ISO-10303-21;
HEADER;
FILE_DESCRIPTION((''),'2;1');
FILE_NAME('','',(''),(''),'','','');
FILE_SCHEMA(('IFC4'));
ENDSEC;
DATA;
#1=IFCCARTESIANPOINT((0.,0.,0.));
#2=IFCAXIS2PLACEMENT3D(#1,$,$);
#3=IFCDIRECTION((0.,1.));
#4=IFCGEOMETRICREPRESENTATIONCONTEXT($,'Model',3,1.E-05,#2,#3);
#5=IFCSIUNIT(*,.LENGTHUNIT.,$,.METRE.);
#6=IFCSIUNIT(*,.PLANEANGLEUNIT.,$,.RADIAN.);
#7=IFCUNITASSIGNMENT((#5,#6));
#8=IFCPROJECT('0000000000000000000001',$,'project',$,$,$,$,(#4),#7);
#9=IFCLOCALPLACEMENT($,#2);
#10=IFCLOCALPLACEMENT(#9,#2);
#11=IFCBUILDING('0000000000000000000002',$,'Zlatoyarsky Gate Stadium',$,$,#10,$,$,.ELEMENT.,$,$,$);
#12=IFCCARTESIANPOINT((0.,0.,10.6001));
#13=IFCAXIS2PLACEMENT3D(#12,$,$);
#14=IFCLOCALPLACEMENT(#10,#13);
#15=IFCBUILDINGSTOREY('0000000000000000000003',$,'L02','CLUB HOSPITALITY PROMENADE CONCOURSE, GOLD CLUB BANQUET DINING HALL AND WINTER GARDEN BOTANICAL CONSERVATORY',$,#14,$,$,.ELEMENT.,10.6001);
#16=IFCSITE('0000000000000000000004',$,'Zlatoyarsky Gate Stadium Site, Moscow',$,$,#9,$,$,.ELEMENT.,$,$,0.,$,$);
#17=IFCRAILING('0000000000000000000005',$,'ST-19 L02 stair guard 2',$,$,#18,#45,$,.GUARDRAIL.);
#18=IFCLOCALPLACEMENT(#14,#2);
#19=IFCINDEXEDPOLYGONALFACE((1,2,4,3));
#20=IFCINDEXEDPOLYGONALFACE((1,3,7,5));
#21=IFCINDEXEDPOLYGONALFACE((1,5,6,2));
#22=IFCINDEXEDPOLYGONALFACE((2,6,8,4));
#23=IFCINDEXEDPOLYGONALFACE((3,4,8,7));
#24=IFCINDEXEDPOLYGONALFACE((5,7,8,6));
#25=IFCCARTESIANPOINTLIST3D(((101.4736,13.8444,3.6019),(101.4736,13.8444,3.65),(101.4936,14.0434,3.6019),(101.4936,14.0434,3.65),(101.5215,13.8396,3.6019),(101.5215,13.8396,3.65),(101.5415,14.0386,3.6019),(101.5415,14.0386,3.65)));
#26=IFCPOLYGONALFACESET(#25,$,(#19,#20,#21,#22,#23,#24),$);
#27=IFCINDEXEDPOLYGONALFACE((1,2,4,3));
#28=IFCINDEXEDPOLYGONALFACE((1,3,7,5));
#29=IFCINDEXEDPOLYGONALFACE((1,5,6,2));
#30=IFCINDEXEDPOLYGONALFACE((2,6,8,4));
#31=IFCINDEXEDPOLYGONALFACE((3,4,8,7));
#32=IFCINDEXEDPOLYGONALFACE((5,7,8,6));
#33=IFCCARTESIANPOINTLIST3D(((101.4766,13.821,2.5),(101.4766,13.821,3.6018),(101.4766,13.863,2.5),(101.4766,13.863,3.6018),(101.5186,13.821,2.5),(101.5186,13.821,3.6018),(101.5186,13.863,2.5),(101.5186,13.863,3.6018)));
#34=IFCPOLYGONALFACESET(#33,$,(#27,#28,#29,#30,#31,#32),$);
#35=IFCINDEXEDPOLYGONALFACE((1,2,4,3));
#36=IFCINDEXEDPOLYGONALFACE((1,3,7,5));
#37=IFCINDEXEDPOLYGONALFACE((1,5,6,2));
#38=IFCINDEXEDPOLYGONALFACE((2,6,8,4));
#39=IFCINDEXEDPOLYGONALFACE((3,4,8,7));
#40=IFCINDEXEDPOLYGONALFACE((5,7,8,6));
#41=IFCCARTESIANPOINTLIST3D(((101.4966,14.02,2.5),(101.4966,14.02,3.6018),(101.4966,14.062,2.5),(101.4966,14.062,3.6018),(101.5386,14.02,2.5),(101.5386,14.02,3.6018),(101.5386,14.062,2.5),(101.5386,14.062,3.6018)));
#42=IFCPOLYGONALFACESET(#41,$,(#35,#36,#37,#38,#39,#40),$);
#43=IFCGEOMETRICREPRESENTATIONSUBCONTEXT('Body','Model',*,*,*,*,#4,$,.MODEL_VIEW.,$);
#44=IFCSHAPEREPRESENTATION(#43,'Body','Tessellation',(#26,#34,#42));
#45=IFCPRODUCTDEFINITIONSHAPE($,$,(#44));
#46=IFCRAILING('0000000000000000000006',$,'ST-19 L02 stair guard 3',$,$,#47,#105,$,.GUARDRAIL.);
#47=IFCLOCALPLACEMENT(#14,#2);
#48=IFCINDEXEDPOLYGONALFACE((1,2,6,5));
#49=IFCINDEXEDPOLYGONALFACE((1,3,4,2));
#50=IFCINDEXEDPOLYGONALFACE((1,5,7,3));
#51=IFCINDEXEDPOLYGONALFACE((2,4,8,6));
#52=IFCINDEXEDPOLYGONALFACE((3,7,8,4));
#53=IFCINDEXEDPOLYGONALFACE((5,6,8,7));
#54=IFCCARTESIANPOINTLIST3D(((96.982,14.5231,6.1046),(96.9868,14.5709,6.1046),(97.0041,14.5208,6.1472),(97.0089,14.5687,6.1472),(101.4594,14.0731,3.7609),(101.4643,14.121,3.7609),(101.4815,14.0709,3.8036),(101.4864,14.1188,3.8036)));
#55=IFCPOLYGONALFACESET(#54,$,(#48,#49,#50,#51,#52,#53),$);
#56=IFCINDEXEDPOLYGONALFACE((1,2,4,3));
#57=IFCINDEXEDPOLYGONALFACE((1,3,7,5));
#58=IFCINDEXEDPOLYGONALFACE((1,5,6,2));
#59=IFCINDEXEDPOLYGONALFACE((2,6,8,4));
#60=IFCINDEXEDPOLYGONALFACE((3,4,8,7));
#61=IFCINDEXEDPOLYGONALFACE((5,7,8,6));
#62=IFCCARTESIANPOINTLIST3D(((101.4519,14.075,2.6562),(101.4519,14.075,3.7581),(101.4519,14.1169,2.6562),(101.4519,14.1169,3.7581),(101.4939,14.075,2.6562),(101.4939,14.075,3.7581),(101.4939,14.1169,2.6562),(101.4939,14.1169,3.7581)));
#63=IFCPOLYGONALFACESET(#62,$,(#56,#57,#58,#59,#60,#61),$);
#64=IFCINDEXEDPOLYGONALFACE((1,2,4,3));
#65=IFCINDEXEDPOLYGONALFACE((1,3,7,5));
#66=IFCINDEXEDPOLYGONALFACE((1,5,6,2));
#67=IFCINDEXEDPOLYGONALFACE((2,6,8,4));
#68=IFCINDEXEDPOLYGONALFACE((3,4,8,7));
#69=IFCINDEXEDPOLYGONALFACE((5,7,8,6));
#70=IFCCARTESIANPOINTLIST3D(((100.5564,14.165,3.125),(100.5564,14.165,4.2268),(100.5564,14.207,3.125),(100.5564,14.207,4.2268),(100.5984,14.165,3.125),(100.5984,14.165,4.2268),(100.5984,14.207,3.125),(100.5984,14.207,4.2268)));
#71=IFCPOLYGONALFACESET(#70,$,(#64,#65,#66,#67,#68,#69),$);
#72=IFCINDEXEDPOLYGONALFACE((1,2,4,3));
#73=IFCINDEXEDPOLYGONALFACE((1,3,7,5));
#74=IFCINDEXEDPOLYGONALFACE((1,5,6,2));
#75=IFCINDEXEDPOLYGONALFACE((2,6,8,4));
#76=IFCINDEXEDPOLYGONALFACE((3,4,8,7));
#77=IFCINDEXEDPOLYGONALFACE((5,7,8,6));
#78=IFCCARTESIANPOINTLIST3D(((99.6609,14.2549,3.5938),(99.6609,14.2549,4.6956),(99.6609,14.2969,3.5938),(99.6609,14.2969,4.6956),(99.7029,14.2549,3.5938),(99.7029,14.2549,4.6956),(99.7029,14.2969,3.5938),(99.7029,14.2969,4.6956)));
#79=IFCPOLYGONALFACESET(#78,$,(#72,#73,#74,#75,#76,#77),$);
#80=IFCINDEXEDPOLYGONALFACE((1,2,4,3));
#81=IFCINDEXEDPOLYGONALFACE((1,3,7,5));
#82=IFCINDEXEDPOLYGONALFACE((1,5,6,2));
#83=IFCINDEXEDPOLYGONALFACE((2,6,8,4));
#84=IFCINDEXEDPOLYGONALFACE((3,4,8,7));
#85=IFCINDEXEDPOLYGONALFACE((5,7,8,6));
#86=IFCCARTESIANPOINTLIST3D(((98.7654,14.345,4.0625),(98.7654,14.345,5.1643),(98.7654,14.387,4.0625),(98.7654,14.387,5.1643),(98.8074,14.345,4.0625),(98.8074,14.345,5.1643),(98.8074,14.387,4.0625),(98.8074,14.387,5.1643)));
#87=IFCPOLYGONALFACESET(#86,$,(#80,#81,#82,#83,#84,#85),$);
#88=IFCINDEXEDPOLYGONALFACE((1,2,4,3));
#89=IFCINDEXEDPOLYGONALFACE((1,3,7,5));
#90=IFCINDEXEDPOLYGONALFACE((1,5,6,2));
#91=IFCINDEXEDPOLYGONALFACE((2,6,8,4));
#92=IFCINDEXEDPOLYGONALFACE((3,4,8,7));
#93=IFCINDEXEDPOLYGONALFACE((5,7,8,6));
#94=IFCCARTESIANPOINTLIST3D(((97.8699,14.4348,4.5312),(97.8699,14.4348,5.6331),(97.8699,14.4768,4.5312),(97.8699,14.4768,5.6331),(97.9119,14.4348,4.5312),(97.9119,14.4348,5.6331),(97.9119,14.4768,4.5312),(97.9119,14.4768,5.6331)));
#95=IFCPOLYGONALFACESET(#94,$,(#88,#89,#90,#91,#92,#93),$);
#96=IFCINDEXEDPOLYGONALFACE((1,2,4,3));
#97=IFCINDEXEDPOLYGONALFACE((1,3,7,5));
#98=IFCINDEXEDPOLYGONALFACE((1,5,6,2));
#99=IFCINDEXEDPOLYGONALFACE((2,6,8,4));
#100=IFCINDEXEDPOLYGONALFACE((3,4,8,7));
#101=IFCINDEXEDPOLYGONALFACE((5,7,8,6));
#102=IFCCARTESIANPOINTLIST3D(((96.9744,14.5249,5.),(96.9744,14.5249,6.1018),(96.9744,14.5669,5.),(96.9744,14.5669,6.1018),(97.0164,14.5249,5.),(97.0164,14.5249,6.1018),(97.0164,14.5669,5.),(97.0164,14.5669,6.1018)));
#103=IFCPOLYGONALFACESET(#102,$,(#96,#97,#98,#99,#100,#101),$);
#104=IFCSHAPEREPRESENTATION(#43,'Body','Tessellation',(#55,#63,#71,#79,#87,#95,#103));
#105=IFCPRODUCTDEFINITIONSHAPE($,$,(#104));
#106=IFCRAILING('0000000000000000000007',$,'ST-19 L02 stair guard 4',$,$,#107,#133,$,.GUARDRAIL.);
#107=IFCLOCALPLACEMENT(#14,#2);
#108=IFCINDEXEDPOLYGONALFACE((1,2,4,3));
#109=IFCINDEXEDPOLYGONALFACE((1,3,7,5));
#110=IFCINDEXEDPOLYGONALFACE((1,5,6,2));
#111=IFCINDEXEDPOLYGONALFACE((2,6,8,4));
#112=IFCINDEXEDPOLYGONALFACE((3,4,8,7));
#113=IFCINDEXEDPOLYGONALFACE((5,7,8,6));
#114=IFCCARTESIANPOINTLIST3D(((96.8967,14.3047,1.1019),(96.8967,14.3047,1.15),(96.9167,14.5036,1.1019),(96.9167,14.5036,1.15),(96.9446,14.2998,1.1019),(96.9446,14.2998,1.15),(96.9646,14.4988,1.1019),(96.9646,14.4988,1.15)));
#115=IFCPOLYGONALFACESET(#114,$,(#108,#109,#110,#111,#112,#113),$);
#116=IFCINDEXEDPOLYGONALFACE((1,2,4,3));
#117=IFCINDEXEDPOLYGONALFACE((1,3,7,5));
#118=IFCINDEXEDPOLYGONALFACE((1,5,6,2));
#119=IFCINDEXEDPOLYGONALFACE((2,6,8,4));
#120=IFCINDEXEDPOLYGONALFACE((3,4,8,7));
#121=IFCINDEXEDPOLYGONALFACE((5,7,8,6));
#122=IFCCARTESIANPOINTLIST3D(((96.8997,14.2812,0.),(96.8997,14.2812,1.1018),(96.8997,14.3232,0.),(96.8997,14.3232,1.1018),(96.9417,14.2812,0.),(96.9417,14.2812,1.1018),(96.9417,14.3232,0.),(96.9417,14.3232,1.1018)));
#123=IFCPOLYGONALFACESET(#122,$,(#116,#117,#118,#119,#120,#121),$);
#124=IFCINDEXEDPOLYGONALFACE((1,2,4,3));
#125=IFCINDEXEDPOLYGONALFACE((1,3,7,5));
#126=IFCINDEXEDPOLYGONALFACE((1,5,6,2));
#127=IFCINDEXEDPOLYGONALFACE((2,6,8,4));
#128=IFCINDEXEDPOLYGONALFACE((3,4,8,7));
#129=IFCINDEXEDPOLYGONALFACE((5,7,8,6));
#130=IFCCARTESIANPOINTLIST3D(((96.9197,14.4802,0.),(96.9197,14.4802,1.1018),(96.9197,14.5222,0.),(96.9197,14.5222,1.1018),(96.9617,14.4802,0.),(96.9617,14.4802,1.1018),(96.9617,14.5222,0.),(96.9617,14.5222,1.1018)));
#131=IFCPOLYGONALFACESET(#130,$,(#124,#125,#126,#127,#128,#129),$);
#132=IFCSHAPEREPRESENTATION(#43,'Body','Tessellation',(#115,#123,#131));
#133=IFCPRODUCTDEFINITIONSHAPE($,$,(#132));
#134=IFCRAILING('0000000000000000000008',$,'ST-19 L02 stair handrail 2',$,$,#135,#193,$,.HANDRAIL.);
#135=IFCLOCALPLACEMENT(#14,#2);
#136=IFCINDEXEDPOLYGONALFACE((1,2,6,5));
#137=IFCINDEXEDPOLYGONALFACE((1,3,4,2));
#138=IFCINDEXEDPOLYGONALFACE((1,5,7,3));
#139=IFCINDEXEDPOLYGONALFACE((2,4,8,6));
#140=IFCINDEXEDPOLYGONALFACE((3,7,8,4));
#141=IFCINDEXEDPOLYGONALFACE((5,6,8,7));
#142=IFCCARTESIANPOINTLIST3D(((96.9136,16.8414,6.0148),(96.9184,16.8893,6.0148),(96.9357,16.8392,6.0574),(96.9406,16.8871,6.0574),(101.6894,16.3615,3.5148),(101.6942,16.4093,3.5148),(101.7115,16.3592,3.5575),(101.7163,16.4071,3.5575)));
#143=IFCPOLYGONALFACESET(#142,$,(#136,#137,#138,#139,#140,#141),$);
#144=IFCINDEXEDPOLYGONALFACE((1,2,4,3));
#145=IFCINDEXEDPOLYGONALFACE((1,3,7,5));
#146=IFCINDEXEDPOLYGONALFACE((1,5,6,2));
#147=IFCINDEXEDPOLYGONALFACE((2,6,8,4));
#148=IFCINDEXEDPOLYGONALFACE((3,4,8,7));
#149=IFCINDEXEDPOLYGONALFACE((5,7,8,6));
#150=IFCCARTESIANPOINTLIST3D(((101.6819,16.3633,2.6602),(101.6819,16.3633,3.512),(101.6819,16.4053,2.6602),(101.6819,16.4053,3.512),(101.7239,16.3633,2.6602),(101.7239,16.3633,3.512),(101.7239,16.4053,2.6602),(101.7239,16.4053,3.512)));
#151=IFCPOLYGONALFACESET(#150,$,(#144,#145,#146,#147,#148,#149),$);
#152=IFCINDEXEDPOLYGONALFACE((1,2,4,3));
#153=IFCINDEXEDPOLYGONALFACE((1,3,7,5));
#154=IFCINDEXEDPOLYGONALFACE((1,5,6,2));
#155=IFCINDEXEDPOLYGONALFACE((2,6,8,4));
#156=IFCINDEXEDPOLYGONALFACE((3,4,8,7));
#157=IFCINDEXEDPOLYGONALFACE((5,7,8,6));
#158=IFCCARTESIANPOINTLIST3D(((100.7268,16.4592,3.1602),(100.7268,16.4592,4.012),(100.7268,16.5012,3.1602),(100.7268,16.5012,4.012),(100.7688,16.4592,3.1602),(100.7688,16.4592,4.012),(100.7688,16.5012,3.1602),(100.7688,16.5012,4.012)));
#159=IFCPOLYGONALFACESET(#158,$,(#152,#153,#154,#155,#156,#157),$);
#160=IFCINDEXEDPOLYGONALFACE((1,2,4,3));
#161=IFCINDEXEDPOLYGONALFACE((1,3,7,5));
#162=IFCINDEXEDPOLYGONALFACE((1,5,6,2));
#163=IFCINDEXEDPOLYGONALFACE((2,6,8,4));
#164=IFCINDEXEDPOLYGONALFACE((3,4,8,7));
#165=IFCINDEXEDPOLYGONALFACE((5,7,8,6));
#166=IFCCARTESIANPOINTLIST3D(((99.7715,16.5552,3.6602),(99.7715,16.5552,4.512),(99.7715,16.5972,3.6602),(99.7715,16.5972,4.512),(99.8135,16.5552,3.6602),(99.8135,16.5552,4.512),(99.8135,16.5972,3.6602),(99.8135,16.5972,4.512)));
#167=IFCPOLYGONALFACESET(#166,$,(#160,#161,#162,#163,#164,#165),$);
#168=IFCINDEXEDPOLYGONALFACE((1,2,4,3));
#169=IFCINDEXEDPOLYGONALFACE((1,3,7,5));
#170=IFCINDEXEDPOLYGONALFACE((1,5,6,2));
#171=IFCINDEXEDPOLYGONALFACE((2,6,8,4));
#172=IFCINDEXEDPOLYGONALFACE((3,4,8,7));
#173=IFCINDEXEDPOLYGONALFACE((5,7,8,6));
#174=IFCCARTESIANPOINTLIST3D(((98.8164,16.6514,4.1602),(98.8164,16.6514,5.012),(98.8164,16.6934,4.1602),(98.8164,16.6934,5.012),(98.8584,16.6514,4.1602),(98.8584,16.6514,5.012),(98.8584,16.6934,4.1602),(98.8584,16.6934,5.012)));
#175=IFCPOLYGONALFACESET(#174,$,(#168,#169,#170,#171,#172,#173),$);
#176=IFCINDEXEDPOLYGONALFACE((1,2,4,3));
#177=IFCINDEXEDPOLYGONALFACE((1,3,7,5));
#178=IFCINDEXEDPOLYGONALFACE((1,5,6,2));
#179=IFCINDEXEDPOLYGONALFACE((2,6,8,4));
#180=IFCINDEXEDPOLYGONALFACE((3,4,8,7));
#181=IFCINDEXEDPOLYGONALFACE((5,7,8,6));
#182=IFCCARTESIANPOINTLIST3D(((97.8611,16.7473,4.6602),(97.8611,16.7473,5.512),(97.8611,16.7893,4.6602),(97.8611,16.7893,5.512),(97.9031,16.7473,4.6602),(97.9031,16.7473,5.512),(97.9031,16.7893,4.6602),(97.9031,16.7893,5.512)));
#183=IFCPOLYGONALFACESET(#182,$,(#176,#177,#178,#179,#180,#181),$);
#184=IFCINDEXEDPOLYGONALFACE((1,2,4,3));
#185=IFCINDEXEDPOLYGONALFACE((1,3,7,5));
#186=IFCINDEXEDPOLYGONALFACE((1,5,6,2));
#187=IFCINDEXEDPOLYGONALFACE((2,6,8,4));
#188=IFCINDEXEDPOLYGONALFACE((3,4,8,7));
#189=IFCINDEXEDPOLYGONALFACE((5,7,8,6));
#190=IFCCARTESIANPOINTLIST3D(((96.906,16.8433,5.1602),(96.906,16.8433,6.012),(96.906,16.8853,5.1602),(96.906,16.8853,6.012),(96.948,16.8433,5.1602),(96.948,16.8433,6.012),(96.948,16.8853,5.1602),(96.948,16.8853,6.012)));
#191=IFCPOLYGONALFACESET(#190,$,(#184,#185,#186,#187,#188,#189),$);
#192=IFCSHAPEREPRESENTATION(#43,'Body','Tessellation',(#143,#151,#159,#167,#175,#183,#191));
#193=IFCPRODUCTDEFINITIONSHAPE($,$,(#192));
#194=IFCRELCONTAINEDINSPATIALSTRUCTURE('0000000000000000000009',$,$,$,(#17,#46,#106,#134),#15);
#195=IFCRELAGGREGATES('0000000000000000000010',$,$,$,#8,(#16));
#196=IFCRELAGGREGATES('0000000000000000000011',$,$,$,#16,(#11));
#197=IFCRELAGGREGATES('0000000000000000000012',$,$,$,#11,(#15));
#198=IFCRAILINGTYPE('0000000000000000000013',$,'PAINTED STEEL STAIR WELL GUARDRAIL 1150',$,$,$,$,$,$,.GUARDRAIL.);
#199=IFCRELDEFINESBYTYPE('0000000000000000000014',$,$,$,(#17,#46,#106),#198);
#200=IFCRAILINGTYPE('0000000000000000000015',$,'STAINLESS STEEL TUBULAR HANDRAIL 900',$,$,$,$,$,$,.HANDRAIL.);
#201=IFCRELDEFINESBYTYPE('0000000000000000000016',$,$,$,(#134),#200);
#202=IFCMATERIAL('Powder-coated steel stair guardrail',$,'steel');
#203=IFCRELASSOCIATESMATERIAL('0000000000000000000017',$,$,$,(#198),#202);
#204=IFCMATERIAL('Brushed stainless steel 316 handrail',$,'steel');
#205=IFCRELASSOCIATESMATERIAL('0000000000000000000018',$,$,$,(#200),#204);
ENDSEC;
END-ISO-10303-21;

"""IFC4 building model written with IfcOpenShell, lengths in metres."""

from ifc_helpers import new_model, si_unit, direction, frame, origin, origin_2d, place, context, subcontext, project, spatial, rectangle, extrude, material, type_object, element, save


model = new_model("IFC4")

# Units and contexts
model_context = context("Model", 3, precision=1e-05, world=origin(), true_north=direction((0.0, 1.0)))
body_context = subcontext(model_context, "Body", "Model", "MODEL_VIEW")
ifc_project = project(units=[si_unit("LENGTHUNIT", "METRE"), si_unit("PLANEANGLEUNIT", "RADIAN")], contexts=[model_context])

# Site, building, storey
site_placement = place(None, origin())
site = spatial("IfcSite", under=ifc_project, at=site_placement, Name="Zlatoyarsky Gate Stadium Site, Moscow", CompositionType="ELEMENT", RefElevation=0.0)
building_placement = place(site_placement, origin())
building = spatial("IfcBuilding", under=site, at=building_placement, Name="Zlatoyarsky Gate Stadium", CompositionType="ELEMENT")
storey_placement = place(building_placement, frame((0.0, 0.0, 10.6001)))
storey = spatial("IfcBuildingStorey", under=building, at=storey_placement, Name="L02", Description="CLUB HOSPITALITY PROMENADE CONCOURSE, GOLD CLUB BANQUET DINING HALL AND WINTER GARDEN BOTANICAL CONSERVATORY", CompositionType="ELEMENT", Elevation=10.6001)

# Railings
ifc_material_1 = material(Name="Powder-coated steel stair guardrail", Category="steel")
railing_type_1 = type_object("IfcRailingType", Name="PAINTED STEEL STAIR WELL GUARDRAIL 1150", PredefinedType="GUARDRAIL", material=ifc_material_1)
railing_1_placement = place(storey_placement, frame((101.4976, 13.842, 2.5)))
element("IfcRailing", 1, at=railing_1_placement, inside=storey, type_object=railing_type_1, Name="ST-19 L02 stair guard 2", PredefinedType="GUARDRAIL", context=body_context, shape_type="SweptSolid", body=[
    extrude(rectangle(XDim=0.0481, YDim=0.0481, at=origin_2d()), frame((0.0, 0.0, 1.126), z_axis=(0.100108, 0.994977, 0.0), x_axis=(-0.994977, 0.100108, 0.0)), (0.0, 0.0, 1.0), 0.2),
    extrude(rectangle(XDim=0.042, YDim=0.042, at=origin_2d()), origin(), (0.0, 0.0, 1.0), 1.1018),
    extrude(rectangle(XDim=0.042, YDim=0.042, at=origin_2d()), frame((0.02, 0.199, 0.0)), (0.0, 0.0, 1.0), 1.1018),
])
railing_2_placement = place(storey_placement, frame((101.4729, 14.0959, 2.6562)))
element("IfcRailing", 2, at=railing_2_placement, inside=storey, type_object=railing_type_1, Name="ST-19 L02 stair guard 3", PredefinedType="GUARDRAIL", context=body_context, shape_type="SweptSolid", body=[
    extrude(rectangle(XDim=0.0481, YDim=0.0481, at=origin_2d()), frame((0.0, 0.0, 1.126), z_axis=(-0.882473, 0.08868, 0.461927), x_axis=(-0.099987, -0.994989, 0.0)), (0.0, 0.0, 1.0), 5.0737),
    extrude(rectangle(XDim=0.042, YDim=0.042, at=origin_2d()), origin(), (0.0, 0.0, 1.0), 1.1018),
    extrude(rectangle(XDim=0.042, YDim=0.042, at=origin_2d()), frame((-0.8955, 0.0901, 0.4688)), (0.0, 0.0, 1.0), 1.1018),
    extrude(rectangle(XDim=0.042, YDim=0.042, at=origin_2d()), frame((-1.791, 0.1799, 0.9375)), (0.0, 0.0, 1.0), 1.1018),
    extrude(rectangle(XDim=0.042, YDim=0.042, at=origin_2d()), frame((-2.6865, 0.27, 1.4062)), (0.0, 0.0, 1.0), 1.1018),
    extrude(rectangle(XDim=0.042, YDim=0.042, at=origin_2d()), frame((-3.582, 0.3599, 1.875)), (0.0, 0.0, 1.0), 1.1018),
    extrude(rectangle(XDim=0.042, YDim=0.042, at=origin_2d()), frame((-4.4775, 0.45, 2.3438)), (0.0, 0.0, 1.0), 1.1018),
])
railing_3_placement = place(storey_placement, frame((96.9207, 14.3022, 0.0)))
element("IfcRailing", 3, at=railing_3_placement, inside=storey, type_object=railing_type_1, Name="ST-19 L02 stair guard 4", PredefinedType="GUARDRAIL", context=body_context, shape_type="SweptSolid", body=[
    extrude(rectangle(XDim=0.0481, YDim=0.0481, at=origin_2d()), frame((0.0, 0.0, 1.126), z_axis=(0.100108, 0.994977, 0.0), x_axis=(-0.994977, 0.100108, 0.0)), (0.0, 0.0, 1.0), 0.2),
    extrude(rectangle(XDim=0.042, YDim=0.042, at=origin_2d()), origin(), (0.0, 0.0, 1.0), 1.1018),
    extrude(rectangle(XDim=0.042, YDim=0.042, at=origin_2d()), frame((0.02, 0.199, 0.0)), (0.0, 0.0, 1.0), 1.1018),
])
ifc_material_2 = material(Name="Brushed stainless steel 316 handrail", Category="steel")
railing_type_2 = type_object("IfcRailingType", Name="STAINLESS STEEL TUBULAR HANDRAIL 900", PredefinedType="HANDRAIL", material=ifc_material_2)
railing_4_placement = place(storey_placement, frame((101.7029, 16.3843, 2.6602)))
element("IfcRailing", 4, at=railing_4_placement, inside=storey, type_object=railing_type_2, Name="ST-19 L02 stair handrail 2", PredefinedType="HANDRAIL", context=body_context, shape_type="SweptSolid", body=[
    extrude(rectangle(XDim=0.0481, YDim=0.0481, at=origin_2d()), frame((0.0, 0.0, 0.876), z_axis=(-0.882466, 0.088689, 0.461939), x_axis=(-0.099997, -0.994988, 0.0)), (0.0, 0.0, 1.0), 5.4119),
    extrude(rectangle(XDim=0.042, YDim=0.042, at=origin_2d()), origin(), (0.0, 0.0, 1.0), 0.8518),
    extrude(rectangle(XDim=0.042, YDim=0.042, at=origin_2d()), frame((-0.9551, 0.0959, 0.5)), (0.0, 0.0, 1.0), 0.8518),
    extrude(rectangle(XDim=0.042, YDim=0.042, at=origin_2d()), frame((-1.9104, 0.1919, 1.0)), (0.0, 0.0, 1.0), 0.8518),
    extrude(rectangle(XDim=0.042, YDim=0.042, at=origin_2d()), frame((-2.8655, 0.2881, 1.5)), (0.0, 0.0, 1.0), 0.8518),
    extrude(rectangle(XDim=0.042, YDim=0.042, at=origin_2d()), frame((-3.8208, 0.384, 2.0)), (0.0, 0.0, 1.0), 0.8518),
    extrude(rectangle(XDim=0.042, YDim=0.042, at=origin_2d()), frame((-4.7759, 0.48, 2.5)), (0.0, 0.0, 1.0), 0.8518),
])

save(model, "model.ifc")
